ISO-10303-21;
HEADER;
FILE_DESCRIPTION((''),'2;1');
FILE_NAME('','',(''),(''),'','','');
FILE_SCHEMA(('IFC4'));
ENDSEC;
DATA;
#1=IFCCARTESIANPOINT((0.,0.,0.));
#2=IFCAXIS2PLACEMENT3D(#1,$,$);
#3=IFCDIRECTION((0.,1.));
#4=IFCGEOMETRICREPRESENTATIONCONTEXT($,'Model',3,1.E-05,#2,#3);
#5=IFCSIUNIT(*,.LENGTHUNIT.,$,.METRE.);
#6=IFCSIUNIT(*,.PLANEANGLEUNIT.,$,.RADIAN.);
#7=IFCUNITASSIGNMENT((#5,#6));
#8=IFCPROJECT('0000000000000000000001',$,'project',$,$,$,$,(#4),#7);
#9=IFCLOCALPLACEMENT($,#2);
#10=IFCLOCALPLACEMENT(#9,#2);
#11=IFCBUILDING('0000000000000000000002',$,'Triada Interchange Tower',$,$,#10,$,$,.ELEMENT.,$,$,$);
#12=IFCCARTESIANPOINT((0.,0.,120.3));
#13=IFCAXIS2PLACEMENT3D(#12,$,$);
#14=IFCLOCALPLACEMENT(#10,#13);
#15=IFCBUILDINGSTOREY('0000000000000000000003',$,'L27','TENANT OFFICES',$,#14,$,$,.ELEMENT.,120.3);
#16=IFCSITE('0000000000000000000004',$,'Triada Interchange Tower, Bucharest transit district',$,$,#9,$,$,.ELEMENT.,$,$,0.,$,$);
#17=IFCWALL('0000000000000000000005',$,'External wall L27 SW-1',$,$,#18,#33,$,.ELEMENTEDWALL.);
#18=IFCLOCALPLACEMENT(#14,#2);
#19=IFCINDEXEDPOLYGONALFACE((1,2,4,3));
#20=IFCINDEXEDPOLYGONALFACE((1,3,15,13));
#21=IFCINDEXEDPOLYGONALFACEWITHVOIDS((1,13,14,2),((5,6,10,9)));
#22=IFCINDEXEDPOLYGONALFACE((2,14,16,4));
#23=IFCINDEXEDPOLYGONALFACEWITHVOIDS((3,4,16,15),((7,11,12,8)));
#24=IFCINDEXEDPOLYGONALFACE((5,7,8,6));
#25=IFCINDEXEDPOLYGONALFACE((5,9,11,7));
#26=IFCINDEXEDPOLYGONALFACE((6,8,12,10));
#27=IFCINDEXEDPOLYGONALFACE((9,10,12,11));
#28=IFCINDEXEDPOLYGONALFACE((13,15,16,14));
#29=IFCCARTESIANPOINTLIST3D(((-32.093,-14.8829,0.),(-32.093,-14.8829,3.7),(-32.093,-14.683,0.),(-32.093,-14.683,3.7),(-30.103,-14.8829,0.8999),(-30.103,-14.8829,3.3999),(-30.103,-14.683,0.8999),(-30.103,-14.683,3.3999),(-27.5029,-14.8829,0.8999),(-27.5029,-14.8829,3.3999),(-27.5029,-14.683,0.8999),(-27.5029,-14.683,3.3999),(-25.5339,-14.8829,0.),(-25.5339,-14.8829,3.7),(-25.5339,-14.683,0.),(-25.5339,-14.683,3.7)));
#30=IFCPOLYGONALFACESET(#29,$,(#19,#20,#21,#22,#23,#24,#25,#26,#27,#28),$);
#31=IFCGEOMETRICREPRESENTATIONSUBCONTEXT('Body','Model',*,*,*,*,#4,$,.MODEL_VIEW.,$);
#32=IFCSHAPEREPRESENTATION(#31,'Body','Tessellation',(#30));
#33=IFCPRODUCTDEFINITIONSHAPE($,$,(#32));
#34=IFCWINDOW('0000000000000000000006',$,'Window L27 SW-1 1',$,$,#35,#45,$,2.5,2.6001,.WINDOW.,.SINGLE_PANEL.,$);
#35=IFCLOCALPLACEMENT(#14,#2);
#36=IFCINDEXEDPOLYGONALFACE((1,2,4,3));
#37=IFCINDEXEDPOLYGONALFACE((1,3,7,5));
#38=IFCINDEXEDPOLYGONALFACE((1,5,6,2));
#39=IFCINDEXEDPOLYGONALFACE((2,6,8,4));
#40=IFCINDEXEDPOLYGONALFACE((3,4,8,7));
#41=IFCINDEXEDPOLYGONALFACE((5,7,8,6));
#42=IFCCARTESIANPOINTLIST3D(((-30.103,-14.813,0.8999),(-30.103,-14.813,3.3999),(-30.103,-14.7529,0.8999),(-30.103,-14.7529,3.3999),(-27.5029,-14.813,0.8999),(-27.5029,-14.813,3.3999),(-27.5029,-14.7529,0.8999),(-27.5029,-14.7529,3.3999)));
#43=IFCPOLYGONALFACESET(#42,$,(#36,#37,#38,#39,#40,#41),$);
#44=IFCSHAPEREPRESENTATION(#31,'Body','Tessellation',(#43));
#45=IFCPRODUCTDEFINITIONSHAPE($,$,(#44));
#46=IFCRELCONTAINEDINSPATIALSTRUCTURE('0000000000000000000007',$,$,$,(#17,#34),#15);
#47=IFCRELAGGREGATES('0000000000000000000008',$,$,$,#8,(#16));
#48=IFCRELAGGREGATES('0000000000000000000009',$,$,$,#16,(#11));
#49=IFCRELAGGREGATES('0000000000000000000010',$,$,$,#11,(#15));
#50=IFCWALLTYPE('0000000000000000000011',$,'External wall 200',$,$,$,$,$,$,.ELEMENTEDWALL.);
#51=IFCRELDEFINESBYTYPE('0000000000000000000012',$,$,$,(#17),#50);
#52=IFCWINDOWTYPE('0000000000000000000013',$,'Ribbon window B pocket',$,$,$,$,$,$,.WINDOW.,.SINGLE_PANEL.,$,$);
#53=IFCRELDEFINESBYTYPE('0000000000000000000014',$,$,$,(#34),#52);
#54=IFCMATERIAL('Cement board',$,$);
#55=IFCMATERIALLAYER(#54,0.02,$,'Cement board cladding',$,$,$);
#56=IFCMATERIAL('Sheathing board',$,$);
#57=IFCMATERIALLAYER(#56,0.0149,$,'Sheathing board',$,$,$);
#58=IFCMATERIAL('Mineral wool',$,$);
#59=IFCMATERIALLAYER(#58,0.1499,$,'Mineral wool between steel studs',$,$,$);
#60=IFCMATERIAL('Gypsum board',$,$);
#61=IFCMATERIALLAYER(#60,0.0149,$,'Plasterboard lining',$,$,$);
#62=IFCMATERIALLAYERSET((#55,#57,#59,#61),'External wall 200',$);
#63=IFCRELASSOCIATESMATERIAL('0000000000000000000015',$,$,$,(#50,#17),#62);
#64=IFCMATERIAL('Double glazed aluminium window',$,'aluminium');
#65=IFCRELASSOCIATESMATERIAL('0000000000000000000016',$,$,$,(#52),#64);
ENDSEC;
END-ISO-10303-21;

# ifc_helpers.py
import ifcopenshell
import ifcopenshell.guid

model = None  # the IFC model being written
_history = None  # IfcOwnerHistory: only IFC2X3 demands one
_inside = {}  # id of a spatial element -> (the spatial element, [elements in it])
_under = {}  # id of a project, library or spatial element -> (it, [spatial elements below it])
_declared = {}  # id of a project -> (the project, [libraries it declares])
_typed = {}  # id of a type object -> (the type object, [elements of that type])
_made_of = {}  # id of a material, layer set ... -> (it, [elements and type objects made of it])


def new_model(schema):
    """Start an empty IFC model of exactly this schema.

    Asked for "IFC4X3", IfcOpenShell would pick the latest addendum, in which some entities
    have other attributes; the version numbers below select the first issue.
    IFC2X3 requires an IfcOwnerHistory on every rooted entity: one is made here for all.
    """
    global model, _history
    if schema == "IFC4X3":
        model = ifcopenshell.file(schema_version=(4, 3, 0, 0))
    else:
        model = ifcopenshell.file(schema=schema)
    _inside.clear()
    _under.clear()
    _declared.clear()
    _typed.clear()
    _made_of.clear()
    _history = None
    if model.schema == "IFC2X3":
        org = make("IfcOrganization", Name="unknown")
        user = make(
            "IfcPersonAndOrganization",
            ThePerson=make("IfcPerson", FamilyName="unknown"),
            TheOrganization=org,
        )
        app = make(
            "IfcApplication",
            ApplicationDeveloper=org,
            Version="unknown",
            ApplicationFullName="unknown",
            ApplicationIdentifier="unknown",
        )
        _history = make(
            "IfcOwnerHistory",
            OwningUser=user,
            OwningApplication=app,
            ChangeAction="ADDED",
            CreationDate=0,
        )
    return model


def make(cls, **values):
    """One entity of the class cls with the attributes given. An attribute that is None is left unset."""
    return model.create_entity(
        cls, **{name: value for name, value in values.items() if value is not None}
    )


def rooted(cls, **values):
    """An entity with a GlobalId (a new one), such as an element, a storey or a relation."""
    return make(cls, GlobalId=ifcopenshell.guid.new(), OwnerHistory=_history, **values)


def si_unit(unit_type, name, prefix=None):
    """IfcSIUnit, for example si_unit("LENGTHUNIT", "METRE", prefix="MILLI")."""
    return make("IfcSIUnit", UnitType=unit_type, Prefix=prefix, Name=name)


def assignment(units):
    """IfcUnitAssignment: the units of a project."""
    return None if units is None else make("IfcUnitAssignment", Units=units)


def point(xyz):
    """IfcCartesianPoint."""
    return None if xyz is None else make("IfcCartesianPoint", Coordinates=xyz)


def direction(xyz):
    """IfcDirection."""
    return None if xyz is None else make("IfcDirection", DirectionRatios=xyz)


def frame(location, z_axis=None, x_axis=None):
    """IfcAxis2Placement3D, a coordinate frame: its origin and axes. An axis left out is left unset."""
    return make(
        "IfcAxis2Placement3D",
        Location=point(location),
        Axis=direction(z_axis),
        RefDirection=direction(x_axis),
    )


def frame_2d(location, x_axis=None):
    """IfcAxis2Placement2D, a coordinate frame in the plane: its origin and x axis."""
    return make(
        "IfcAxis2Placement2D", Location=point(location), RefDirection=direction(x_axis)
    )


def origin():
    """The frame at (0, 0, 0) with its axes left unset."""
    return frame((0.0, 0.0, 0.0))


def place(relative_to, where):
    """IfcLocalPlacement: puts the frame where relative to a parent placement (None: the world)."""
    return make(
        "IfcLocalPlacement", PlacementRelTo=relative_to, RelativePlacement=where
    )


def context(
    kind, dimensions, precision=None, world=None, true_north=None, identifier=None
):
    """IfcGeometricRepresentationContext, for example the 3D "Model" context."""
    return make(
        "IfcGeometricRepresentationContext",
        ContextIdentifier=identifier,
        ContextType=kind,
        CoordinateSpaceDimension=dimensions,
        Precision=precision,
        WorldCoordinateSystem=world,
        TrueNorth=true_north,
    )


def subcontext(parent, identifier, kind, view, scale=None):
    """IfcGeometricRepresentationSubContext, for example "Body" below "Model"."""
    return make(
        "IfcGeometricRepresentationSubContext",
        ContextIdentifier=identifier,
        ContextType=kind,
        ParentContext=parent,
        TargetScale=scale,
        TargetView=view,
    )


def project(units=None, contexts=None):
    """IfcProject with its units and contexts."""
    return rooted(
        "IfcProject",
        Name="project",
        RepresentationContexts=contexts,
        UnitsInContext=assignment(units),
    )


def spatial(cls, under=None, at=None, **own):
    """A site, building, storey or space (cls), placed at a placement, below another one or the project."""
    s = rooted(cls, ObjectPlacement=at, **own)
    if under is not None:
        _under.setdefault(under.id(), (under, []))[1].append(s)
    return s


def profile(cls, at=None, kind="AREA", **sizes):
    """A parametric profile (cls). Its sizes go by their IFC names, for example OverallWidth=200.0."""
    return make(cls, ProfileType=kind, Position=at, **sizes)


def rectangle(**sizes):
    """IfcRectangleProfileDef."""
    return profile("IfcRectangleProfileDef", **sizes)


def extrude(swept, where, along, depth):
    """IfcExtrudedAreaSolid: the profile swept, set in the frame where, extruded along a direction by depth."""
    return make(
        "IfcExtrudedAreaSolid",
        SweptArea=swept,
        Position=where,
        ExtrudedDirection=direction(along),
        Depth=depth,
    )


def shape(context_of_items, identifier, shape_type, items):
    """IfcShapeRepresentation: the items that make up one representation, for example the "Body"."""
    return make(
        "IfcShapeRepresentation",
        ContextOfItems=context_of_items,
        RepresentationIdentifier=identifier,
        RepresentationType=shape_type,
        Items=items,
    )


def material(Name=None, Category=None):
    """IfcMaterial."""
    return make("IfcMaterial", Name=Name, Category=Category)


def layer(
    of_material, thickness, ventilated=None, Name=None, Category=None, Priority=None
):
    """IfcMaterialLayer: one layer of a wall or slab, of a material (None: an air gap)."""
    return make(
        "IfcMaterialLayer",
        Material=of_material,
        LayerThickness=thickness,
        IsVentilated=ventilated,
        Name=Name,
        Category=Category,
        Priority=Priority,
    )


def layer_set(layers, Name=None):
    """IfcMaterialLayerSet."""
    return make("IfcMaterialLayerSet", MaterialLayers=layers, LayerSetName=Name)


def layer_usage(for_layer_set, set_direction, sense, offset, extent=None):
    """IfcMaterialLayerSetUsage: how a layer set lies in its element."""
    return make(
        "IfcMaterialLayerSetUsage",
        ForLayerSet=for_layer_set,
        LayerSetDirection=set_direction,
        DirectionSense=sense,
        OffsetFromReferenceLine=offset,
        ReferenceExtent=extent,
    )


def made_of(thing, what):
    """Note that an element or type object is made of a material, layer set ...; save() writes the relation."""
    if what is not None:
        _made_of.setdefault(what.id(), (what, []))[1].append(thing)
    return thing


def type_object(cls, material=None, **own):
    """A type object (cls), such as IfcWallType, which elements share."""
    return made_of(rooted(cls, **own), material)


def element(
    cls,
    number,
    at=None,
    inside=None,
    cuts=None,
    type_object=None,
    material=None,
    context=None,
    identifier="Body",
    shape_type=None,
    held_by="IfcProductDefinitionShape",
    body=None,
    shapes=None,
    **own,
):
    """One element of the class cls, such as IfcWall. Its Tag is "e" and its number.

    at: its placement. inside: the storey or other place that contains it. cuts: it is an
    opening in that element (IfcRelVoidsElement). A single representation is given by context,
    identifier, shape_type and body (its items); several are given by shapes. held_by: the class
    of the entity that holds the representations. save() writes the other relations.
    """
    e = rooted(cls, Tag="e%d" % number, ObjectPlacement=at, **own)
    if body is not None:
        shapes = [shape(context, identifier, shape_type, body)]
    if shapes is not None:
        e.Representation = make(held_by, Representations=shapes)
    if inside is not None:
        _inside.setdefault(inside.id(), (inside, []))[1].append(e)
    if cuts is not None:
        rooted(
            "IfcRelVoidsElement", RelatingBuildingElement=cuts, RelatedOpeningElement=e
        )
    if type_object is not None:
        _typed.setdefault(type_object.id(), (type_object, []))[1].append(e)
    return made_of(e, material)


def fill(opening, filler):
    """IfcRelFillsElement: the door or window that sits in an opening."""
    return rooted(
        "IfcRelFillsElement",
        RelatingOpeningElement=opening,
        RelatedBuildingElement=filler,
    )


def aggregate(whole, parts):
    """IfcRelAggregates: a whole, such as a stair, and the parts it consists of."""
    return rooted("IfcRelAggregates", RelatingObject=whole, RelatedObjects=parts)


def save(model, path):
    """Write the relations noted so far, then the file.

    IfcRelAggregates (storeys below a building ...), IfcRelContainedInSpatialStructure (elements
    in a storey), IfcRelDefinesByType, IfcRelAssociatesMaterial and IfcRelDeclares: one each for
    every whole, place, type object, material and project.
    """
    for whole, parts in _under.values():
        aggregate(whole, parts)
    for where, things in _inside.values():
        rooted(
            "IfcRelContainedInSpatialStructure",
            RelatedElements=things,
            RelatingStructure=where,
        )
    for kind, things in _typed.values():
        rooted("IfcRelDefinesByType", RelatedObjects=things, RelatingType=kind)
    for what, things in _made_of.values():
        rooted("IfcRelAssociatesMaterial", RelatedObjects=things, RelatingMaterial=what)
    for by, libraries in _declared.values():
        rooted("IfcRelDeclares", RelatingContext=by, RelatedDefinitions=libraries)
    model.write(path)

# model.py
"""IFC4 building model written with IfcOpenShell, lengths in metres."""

from ifc_helpers import new_model, si_unit, direction, frame, frame_2d, origin, place, context, subcontext, project, spatial, rectangle, extrude, material, layer, layer_set, layer_usage, type_object, element, fill, save


model = new_model("IFC4")

# Units and contexts
model_context = context("Model", 3, precision=1e-05, world=origin(), true_north=direction((0.0, 1.0)))
body_context = subcontext(model_context, "Body", "Model", "MODEL_VIEW")
ifc_project = project(units=[si_unit("LENGTHUNIT", "METRE"), si_unit("PLANEANGLEUNIT", "RADIAN")], contexts=[model_context])

# Site, building, storey
site_placement = place(None, origin())
site = spatial("IfcSite", under=ifc_project, at=site_placement, Name="Triada Interchange Tower, Bucharest transit district", CompositionType="ELEMENT", RefElevation=0.0)
building_placement = place(site_placement, origin())
building = spatial("IfcBuilding", under=site, at=building_placement, Name="Triada Interchange Tower", CompositionType="ELEMENT")
storey_placement = place(building_placement, frame((0.0, 0.0, 120.3)))
storey = spatial("IfcBuildingStorey", under=building, at=storey_placement, Name="L27", Description="TENANT OFFICES", CompositionType="ELEMENT", Elevation=120.3)

# Wall, opening, window
ifc_material_1 = material(Name="Cement board")
ifc_layer_1 = layer(ifc_material_1, 0.02, Name="Cement board cladding")
ifc_material_2 = material(Name="Sheathing board")
ifc_layer_2 = layer(ifc_material_2, 0.0149, Name="Sheathing board")
ifc_material_3 = material(Name="Mineral wool")
ifc_layer_3 = layer(ifc_material_3, 0.1499, Name="Mineral wool between steel studs")
ifc_material_4 = material(Name="Gypsum board")
ifc_layer_4 = layer(ifc_material_4, 0.0149, Name="Plasterboard lining")
ifc_layer_set_1 = layer_set([ifc_layer_1, ifc_layer_2, ifc_layer_3, ifc_layer_4], Name="External wall 200")
ifc_layer_usage = layer_usage(ifc_layer_set_1, "AXIS2", "POSITIVE", -0.1001)
wall_type = type_object("IfcWallType", Name="External wall 200", PredefinedType="ELEMENTEDWALL", material=ifc_layer_set_1)
wall_1_placement = place(storey_placement, frame((-32.093, -14.783, 0.0), z_axis=(0.0, 0.0, 1.0), x_axis=(1.0, 0.0, 0.0)))
wall_1 = element("IfcWall", 1, at=wall_1_placement, inside=storey, type_object=wall_type, material=ifc_layer_usage, Name="External wall L27 SW-1", PredefinedType="ELEMENTEDWALL", context=body_context, shape_type="SweptSolid", body=[
    extrude(rectangle(XDim=6.5591, YDim=0.2, at=frame_2d((3.2795, 0.0))), origin(), (0.0, 0.0, 1.0), 3.7),
])
opening_1_placement = place(wall_1_placement, frame((1.99, 0.0, 0.8999)))
opening_1 = element("IfcOpeningElement", 2, at=opening_1_placement, cuts=wall_1, PredefinedType="OPENING", context=body_context, shape_type="SweptSolid", body=[
    extrude(rectangle(XDim=2.6001, YDim=2.5, at=frame_2d((1.3, 1.25))), frame((0.0, 0.1099, 0.0), z_axis=(0.0, -1.0, 0.0), x_axis=(1.0, 0.0, 0.0)), (0.0, 0.0, 1.0), 0.22),
])
ifc_material_5 = material(Name="Double glazed aluminium window", Category="aluminium")
window_type_1 = type_object("IfcWindowType", Name="Ribbon window B pocket", PartitioningType="SINGLE_PANEL", PredefinedType="WINDOW", material=ifc_material_5)
window_1_placement = place(opening_1_placement, origin())
window_1 = element("IfcWindow", 3, at=window_1_placement, inside=storey, type_object=window_type_1, Name="Window L27 SW-1 1", OverallHeight=2.5, OverallWidth=2.6001, PartitioningType="SINGLE_PANEL", PredefinedType="WINDOW", context=body_context, shape_type="SweptSolid", body=[
    extrude(rectangle(XDim=2.6001, YDim=2.5, at=frame_2d((1.3, 1.25))), frame((0.0, 0.03, 0.0), z_axis=(0.0, -1.0, 0.0), x_axis=(1.0, 0.0, 0.0)), (0.0, 0.0, 1.0), 0.0601),
])
fill(opening_1, window_1)

save(model, "model.ifc")
